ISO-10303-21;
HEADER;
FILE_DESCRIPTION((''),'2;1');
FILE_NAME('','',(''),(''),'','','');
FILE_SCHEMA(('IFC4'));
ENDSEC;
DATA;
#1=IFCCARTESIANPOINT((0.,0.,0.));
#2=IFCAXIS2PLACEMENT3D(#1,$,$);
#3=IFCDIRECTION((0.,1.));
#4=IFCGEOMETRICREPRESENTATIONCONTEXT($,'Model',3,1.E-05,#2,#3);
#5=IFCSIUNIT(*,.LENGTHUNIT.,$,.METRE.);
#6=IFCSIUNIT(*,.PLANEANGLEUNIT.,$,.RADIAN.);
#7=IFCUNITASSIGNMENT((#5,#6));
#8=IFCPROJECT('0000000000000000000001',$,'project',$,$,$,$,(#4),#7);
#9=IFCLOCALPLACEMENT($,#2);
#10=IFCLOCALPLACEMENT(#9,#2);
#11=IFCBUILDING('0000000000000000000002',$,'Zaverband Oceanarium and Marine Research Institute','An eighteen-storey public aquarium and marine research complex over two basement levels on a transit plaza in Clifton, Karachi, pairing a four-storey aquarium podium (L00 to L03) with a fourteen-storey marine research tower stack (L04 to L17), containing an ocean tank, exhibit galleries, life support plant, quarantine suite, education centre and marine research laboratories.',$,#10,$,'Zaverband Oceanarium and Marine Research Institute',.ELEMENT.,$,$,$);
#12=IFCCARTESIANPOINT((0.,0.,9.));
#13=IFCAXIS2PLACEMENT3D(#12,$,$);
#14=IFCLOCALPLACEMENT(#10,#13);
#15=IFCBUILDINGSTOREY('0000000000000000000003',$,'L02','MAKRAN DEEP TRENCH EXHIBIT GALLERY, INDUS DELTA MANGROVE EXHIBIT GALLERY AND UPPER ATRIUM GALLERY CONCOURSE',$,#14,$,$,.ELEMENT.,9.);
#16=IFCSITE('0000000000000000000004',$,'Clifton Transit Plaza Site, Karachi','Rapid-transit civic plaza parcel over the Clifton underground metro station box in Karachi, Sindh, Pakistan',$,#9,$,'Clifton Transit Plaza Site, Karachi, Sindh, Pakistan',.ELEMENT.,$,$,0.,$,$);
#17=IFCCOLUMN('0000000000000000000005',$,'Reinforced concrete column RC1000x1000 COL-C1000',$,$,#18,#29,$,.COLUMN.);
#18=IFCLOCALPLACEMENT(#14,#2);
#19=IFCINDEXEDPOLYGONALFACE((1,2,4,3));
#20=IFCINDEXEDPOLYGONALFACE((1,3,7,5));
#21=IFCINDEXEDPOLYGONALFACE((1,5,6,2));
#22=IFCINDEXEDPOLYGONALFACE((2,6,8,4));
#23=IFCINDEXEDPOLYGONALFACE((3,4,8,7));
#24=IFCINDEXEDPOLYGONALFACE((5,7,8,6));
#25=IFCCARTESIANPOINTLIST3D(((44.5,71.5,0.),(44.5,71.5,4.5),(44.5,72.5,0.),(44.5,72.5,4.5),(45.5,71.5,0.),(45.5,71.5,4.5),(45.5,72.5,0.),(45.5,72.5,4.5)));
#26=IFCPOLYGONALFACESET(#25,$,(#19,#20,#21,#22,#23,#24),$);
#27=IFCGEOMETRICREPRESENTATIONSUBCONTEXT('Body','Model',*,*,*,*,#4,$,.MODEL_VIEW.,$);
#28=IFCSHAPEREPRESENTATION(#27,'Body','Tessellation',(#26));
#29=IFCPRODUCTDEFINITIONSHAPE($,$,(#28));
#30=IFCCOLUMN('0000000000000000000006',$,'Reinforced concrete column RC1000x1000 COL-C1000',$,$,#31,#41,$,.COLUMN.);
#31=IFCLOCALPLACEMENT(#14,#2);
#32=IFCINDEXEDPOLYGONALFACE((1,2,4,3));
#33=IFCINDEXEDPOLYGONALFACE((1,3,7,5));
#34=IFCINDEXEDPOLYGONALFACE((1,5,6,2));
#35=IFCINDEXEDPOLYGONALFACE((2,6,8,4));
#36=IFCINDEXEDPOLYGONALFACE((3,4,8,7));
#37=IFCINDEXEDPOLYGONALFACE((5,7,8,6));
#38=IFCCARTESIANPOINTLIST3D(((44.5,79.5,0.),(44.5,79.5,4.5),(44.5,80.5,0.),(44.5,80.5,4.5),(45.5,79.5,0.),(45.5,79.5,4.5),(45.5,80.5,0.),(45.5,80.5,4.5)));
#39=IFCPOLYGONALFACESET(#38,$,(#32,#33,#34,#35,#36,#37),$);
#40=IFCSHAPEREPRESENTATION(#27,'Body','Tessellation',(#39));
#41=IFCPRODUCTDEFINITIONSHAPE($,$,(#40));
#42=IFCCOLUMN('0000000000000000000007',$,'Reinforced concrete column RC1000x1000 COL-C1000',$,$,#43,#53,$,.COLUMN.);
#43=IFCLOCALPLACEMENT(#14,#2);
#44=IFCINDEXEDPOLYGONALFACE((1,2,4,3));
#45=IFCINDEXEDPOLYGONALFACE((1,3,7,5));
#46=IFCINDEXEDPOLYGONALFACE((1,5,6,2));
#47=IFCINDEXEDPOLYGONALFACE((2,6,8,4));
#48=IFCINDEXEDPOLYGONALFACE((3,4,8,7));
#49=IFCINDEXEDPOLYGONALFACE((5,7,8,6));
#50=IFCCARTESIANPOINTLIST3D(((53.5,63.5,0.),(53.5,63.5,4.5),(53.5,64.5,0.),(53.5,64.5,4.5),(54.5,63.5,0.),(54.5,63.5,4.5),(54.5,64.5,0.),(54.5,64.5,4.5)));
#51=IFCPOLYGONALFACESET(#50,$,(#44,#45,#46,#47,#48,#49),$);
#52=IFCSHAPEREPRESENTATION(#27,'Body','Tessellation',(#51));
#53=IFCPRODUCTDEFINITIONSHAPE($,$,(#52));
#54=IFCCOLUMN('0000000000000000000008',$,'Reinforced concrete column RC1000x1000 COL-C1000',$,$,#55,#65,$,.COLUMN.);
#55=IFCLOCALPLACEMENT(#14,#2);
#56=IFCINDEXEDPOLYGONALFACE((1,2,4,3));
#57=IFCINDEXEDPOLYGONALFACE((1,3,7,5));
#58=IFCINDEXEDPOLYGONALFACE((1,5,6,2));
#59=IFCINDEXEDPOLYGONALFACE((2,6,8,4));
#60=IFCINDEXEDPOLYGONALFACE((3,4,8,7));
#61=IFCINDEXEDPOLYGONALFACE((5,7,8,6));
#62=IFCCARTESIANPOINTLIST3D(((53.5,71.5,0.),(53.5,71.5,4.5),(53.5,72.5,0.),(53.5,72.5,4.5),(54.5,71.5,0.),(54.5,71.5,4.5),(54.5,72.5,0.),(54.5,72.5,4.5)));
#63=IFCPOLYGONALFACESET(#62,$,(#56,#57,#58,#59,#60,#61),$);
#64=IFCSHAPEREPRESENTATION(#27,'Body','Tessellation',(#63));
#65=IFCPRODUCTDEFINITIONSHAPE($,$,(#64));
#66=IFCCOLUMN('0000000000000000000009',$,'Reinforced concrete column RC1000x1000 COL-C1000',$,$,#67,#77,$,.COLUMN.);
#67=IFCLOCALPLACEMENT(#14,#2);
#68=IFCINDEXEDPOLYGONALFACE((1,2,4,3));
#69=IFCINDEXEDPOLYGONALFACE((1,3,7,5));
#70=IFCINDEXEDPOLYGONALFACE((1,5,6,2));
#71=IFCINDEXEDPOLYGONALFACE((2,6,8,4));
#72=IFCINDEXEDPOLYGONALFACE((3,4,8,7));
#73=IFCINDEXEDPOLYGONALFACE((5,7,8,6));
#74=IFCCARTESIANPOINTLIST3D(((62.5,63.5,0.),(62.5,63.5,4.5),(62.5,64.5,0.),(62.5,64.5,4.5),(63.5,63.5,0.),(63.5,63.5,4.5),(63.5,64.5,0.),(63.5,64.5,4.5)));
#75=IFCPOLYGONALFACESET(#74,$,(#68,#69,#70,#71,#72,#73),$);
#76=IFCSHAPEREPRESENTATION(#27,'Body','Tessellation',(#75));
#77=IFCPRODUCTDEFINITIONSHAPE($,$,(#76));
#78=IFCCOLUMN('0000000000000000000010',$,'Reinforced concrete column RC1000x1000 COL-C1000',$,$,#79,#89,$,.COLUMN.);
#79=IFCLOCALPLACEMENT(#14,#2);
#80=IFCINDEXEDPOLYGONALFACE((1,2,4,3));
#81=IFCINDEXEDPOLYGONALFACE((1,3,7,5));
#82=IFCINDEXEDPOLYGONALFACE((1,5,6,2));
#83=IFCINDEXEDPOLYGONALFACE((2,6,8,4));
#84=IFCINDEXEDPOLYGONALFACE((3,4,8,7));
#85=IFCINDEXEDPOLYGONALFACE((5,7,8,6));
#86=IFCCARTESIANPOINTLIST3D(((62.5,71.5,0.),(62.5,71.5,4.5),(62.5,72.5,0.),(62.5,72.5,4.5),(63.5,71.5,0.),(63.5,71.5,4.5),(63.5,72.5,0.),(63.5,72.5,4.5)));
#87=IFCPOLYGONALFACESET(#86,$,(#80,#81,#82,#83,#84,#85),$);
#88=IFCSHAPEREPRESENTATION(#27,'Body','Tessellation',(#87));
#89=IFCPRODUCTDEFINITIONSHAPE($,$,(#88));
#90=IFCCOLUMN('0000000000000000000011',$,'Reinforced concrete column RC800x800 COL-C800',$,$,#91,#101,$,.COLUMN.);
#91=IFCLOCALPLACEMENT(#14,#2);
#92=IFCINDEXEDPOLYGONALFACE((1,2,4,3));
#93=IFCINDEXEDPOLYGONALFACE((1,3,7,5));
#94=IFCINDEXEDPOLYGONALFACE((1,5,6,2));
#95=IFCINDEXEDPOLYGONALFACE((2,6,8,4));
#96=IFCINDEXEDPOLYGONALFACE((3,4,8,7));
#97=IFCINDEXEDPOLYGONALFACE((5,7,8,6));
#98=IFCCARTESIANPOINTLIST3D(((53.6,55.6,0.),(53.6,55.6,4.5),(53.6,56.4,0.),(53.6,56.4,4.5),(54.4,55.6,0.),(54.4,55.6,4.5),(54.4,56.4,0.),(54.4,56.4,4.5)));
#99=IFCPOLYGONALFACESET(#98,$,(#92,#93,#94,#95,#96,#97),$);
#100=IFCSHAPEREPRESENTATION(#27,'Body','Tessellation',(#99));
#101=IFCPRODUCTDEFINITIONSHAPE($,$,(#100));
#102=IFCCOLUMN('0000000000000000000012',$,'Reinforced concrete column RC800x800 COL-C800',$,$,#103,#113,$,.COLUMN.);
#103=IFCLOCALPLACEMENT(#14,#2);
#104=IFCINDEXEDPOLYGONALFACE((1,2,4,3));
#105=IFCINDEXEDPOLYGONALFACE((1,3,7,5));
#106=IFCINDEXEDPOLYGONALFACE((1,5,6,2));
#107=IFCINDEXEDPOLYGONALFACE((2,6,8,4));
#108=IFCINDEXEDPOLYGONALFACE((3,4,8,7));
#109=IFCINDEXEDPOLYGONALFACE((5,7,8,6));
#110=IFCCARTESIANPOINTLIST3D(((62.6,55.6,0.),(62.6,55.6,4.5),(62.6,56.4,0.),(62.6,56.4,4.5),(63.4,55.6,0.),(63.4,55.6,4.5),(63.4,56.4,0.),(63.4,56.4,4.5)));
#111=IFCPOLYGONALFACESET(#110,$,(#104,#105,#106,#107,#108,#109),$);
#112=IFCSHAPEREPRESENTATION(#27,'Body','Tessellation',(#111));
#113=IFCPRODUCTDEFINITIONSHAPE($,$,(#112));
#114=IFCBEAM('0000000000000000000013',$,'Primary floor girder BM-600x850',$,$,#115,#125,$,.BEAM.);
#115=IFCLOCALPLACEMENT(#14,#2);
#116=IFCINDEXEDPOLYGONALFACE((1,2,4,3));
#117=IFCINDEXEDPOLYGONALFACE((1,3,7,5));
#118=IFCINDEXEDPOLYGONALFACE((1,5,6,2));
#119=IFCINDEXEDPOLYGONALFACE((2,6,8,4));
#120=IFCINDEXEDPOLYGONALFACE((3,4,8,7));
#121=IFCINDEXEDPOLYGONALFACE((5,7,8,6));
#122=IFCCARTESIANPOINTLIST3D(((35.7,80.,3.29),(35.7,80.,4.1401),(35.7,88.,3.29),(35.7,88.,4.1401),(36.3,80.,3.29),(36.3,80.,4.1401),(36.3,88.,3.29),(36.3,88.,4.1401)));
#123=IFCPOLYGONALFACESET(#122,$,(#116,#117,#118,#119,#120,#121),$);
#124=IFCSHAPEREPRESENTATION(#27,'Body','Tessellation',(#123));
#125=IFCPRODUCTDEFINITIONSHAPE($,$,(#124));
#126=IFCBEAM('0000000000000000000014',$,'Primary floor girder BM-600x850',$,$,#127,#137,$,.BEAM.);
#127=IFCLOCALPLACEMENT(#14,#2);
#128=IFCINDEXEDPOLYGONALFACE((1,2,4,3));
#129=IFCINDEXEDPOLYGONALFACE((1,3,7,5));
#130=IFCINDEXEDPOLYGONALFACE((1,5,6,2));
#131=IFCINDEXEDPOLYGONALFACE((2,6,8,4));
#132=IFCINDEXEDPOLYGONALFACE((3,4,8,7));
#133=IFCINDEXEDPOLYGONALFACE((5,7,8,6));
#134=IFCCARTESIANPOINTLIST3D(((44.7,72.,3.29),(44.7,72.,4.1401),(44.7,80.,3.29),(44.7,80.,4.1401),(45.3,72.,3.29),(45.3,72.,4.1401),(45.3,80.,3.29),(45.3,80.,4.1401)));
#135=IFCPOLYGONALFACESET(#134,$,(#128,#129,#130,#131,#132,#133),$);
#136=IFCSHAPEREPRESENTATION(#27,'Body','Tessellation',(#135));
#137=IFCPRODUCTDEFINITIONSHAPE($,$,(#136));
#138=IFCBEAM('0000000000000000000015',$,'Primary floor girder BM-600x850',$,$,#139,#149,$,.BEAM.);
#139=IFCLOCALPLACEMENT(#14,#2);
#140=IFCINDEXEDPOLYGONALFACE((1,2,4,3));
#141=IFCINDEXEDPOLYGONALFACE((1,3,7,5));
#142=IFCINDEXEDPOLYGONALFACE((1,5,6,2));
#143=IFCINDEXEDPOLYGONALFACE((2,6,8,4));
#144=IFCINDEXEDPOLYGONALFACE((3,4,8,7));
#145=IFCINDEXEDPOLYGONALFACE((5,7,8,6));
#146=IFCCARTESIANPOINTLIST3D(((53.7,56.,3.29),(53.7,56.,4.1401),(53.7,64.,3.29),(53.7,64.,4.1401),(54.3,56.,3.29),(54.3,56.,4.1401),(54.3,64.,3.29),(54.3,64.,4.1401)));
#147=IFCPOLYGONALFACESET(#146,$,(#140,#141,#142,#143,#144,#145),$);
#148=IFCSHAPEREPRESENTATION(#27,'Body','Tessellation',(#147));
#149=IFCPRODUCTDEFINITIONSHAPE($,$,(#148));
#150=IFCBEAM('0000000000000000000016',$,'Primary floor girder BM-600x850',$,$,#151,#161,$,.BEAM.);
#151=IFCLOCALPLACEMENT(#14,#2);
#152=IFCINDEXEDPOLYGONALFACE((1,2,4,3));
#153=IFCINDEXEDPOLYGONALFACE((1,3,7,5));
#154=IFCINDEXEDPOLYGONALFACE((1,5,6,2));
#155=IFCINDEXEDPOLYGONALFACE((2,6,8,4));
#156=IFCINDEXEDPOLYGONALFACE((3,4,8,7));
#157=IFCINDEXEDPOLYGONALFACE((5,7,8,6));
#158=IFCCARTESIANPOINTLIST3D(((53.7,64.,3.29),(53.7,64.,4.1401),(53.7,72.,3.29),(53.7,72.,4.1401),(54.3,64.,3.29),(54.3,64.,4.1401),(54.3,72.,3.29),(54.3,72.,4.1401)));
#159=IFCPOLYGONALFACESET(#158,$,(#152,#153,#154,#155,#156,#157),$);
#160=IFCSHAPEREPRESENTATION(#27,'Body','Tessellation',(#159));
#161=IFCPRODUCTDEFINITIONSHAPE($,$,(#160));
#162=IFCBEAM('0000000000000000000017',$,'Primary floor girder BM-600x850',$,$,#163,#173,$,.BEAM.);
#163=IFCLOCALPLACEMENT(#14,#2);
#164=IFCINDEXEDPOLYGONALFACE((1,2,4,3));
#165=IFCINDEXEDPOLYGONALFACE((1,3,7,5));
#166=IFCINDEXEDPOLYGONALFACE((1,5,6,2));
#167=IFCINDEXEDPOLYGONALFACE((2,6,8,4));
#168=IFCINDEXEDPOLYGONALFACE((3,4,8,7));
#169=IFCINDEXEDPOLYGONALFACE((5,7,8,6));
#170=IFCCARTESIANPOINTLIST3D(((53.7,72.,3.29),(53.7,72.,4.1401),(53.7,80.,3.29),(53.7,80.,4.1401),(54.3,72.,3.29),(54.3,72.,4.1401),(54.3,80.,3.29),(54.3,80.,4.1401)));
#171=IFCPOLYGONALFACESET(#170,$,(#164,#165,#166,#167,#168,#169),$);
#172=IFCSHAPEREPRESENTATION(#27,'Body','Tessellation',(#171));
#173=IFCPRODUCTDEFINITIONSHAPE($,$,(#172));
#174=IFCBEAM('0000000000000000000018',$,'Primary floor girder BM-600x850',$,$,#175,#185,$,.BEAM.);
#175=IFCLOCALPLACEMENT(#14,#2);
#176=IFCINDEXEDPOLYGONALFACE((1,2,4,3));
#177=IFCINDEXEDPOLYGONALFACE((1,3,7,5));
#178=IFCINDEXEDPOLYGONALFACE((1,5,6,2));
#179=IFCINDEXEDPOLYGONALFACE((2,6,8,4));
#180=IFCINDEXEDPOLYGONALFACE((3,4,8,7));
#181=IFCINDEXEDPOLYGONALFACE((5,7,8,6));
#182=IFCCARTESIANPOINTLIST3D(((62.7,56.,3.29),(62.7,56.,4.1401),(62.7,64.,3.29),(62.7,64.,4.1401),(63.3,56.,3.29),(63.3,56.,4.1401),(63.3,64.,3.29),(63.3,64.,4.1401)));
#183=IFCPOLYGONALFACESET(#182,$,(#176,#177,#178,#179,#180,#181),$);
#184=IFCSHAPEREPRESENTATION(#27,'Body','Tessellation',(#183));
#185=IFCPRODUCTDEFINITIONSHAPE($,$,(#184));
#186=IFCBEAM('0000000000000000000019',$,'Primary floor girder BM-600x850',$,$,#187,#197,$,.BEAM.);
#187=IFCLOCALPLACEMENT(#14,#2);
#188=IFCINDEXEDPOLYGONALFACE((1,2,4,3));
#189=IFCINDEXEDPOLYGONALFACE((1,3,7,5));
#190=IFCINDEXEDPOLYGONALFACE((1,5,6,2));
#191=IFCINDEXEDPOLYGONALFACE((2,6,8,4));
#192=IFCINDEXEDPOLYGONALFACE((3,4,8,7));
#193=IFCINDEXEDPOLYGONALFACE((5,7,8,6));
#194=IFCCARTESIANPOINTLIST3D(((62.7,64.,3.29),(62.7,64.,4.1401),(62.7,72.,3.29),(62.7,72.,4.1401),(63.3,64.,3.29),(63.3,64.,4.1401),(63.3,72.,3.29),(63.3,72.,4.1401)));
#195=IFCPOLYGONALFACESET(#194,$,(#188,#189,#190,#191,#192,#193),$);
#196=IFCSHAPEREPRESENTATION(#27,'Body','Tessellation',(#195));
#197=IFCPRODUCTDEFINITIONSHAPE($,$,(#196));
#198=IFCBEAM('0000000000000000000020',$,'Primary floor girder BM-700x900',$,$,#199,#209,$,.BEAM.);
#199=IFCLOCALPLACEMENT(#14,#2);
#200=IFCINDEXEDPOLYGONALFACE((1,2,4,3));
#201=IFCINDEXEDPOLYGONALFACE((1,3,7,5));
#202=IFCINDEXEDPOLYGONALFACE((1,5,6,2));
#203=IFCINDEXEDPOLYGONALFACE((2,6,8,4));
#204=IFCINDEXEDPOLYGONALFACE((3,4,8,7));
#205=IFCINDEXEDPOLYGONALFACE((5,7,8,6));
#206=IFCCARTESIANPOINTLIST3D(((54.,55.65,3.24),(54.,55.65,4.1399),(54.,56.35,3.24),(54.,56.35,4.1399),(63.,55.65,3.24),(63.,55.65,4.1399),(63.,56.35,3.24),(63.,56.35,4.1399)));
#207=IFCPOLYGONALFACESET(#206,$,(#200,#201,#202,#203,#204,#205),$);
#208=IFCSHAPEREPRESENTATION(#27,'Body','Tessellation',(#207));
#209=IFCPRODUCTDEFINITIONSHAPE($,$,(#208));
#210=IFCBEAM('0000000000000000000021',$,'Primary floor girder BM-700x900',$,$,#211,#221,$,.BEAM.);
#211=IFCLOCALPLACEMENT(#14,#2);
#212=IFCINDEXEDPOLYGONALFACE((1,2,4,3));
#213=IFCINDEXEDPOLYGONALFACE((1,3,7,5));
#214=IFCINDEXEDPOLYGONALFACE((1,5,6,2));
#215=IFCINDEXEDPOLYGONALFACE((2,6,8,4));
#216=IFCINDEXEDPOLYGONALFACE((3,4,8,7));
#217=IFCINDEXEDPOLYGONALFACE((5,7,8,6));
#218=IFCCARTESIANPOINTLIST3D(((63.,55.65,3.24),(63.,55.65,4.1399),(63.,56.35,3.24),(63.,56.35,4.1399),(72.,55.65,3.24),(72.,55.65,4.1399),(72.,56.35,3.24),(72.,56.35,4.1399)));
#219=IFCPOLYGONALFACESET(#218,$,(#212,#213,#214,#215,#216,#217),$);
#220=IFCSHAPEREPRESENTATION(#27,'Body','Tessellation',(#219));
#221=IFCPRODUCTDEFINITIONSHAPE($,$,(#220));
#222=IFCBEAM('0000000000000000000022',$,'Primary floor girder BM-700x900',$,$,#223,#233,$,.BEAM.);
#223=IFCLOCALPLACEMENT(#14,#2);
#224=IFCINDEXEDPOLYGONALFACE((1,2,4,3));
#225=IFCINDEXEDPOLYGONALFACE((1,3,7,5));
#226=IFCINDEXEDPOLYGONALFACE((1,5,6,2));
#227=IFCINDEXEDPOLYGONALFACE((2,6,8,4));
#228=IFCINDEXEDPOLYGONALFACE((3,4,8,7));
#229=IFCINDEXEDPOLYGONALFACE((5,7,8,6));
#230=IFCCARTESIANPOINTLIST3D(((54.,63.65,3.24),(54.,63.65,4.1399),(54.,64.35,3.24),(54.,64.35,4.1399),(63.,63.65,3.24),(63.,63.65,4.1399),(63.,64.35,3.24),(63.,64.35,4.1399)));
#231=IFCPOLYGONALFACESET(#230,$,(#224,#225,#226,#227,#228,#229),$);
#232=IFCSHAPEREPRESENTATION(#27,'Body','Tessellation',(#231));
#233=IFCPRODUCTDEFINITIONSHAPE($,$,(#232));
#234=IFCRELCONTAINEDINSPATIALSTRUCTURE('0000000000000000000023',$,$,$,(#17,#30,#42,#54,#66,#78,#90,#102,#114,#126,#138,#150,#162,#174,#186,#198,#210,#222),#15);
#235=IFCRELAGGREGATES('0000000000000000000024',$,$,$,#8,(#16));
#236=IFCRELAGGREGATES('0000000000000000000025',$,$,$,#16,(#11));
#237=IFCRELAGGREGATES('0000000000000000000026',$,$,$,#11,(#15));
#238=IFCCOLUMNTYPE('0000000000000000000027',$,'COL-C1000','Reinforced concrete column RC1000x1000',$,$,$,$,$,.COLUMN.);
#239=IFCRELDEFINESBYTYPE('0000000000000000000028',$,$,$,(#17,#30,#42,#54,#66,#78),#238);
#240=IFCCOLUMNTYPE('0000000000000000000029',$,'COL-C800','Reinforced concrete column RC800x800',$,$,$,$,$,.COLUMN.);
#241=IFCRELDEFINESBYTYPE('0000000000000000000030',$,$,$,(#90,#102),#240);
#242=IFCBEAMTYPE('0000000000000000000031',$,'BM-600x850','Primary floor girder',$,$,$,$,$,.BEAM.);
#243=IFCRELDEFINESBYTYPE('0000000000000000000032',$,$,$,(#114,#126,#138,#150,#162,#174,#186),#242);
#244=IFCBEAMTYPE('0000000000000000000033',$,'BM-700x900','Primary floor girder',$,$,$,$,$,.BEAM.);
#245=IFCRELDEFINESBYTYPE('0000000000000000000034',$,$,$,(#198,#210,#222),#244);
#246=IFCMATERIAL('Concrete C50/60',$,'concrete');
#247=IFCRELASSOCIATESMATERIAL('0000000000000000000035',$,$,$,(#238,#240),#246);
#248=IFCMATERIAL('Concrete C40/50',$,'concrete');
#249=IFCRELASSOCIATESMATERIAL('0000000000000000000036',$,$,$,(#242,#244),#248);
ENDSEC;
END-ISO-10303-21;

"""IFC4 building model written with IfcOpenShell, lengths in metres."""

from ifc_helpers import new_model, si_unit, direction, frame, origin, origin_2d, place, context, subcontext, project, spatial, rectangle, extrude, material, material_profile, profile_set, type_object, element, save


model = new_model("IFC4")

# Units and contexts
model_context = context("Model", 3, precision=1e-05, world=origin(), true_north=direction((0.0, 1.0)))
body_context = subcontext(model_context, "Body", "Model", "MODEL_VIEW")
ifc_project = project(units=[si_unit("LENGTHUNIT", "METRE"), si_unit("PLANEANGLEUNIT", "RADIAN")], contexts=[model_context])

# Site, building, storey
site_placement = place(None, origin())
site = spatial("IfcSite", under=ifc_project, at=site_placement, Name="Clifton Transit Plaza Site, Karachi", Description="Rapid-transit civic plaza parcel over the Clifton underground metro station box in Karachi, Sindh, Pakistan", LongName="Clifton Transit Plaza Site, Karachi, Sindh, Pakistan", CompositionType="ELEMENT", RefElevation=0.0)
building_placement = place(site_placement, origin())
building = spatial("IfcBuilding", under=site, at=building_placement, Name="Zaverband Oceanarium and Marine Research Institute", Description="An eighteen-storey public aquarium and marine research complex over two basement levels on a transit plaza in Clifton, Karachi, pairing a four-storey aquarium podium (L00 to L03) with a fourteen-storey marine research tower stack (L04 to L17), containing an ocean tank, exhibit galleries, life support plant, quarantine suite, education centre and marine research laboratories.", LongName="Zaverband Oceanarium and Marine Research Institute", CompositionType="ELEMENT")
storey_placement = place(building_placement, frame((0.0, 0.0, 9.0)))
storey = spatial("IfcBuildingStorey", under=building, at=storey_placement, Name="L02", Description="MAKRAN DEEP TRENCH EXHIBIT GALLERY, INDUS DELTA MANGROVE EXHIBIT GALLERY AND UPPER ATRIUM GALLERY CONCOURSE", CompositionType="ELEMENT", Elevation=9.0)

# Columns
ifc_material_1 = material(Name="Concrete C50/60", Category="concrete")
ifc_material_profile_1 = material_profile(ifc_material_1, rectangle(XDim=1.0, YDim=1.0, at=origin_2d()), Name="RC1000x1000")
ifc_profile_set_1 = profile_set([ifc_material_profile_1], Name="Concrete C50/60")
column_type_1 = type_object("IfcColumnType", Name="COL-C1000", Description="Reinforced concrete column RC1000x1000", PredefinedType="COLUMN", material=ifc_profile_set_1)
for number, where, z_axis, x_axis, name in (
    (1, (45.0, 72.0, 0.0), (0.0, 0.0, 1.0), (1.0, 0.0, 0.0), "Reinforced concrete column RC1000x1000 COL-C1000"),
    (2, (45.0, 80.0, 0.0), (0.0, 0.0, 1.0), (1.0, 0.0, 0.0), "Reinforced concrete column RC1000x1000 COL-C1000"),
    (3, (54.0, 64.0, 0.0), (0.0, 0.0, 1.0), (1.0, 0.0, 0.0), "Reinforced concrete column RC1000x1000 COL-C1000"),
    (4, (54.0, 72.0, 0.0), (0.0, 0.0, 1.0), (1.0, 0.0, 0.0), "Reinforced concrete column RC1000x1000 COL-C1000"),
    (5, (63.0, 64.0, 0.0), (0.0, 0.0, 1.0), (1.0, 0.0, 0.0), "Reinforced concrete column RC1000x1000 COL-C1000"),
    (6, (63.0, 72.0, 0.0), (0.0, 0.0, 1.0), (1.0, 0.0, 0.0), "Reinforced concrete column RC1000x1000 COL-C1000"),
):
    element("IfcColumn", number, at=place(storey_placement, frame(where, z_axis=z_axis, x_axis=x_axis)), inside=storey, type_object=column_type_1, Name=name, PredefinedType="COLUMN", context=body_context, shape_type="SweptSolid", body=[
        extrude(rectangle(XDim=1.0, YDim=1.0, at=origin_2d()), origin(), (0.0, 0.0, 1.0), 4.5),
    ])
ifc_material_profile_2 = material_profile(ifc_material_1, rectangle(XDim=0.8, YDim=0.8, at=origin_2d()), Name="RC800x800")
ifc_profile_set_2 = profile_set([ifc_material_profile_2], Name="Concrete C50/60")
column_type_2 = type_object("IfcColumnType", Name="COL-C800", Description="Reinforced concrete column RC800x800", PredefinedType="COLUMN", material=ifc_profile_set_2)
for number, where, z_axis, x_axis, name in (
    (7, (54.0, 56.0, 0.0), (0.0, 0.0, 1.0), (1.0, 0.0, 0.0), "Reinforced concrete column RC800x800 COL-C800"),
    (8, (63.0, 56.0, 0.0), (0.0, 0.0, 1.0), (1.0, 0.0, 0.0), "Reinforced concrete column RC800x800 COL-C800"),
):
    element("IfcColumn", number, at=place(storey_placement, frame(where, z_axis=z_axis, x_axis=x_axis)), inside=storey, type_object=column_type_2, Name=name, PredefinedType="COLUMN", context=body_context, shape_type="SweptSolid", body=[
        extrude(rectangle(XDim=0.8, YDim=0.8, at=origin_2d()), origin(), (0.0, 0.0, 1.0), 4.5),
    ])

# Beams
ifc_material_2 = material(Name="Concrete C40/50", Category="concrete")
ifc_material_profile_3 = material_profile(ifc_material_2, rectangle(XDim=0.6001, YDim=0.8501, at=origin_2d()), Name="RC600x850")
ifc_profile_set_3 = profile_set([ifc_material_profile_3], Name="Concrete C40/50")
beam_type_1 = type_object("IfcBeamType", Name="BM-600x850", Description="Primary floor girder", PredefinedType="BEAM", material=ifc_profile_set_3)
for number, where, z_axis, x_axis, name in (
    (9, (36.0, 80.0, 3.7151), (0.0, 1.0, 0.0), (-1.0, 0.0, 0.0), "Primary floor girder BM-600x850"),
    (10, (45.0, 72.0, 3.7151), (0.0, 1.0, 0.0), (-1.0, 0.0, 0.0), "Primary floor girder BM-600x850"),
    (11, (54.0, 56.0, 3.7151), (0.0, 1.0, 0.0), (-1.0, 0.0, 0.0), "Primary floor girder BM-600x850"),
    (12, (54.0, 64.0, 3.7151), (0.0, 1.0, 0.0), (-1.0, 0.0, 0.0), "Primary floor girder BM-600x850"),
    (13, (54.0, 72.0, 3.7151), (0.0, 1.0, 0.0), (-1.0, 0.0, 0.0), "Primary floor girder BM-600x850"),
    (14, (63.0, 56.0, 3.7151), (0.0, 1.0, 0.0), (-1.0, 0.0, 0.0), "Primary floor girder BM-600x850"),
    (15, (63.0, 64.0, 3.7151), (0.0, 1.0, 0.0), (-1.0, 0.0, 0.0), "Primary floor girder BM-600x850"),
):
    element("IfcBeam", number, at=place(storey_placement, frame(where, z_axis=z_axis, x_axis=x_axis)), inside=storey, type_object=beam_type_1, Name=name, PredefinedType="BEAM", context=body_context, shape_type="SweptSolid", body=[
        extrude(rectangle(XDim=0.6001, YDim=0.8501, at=origin_2d()), origin(), (0.0, 0.0, 1.0), 8.0),
    ])
ifc_material_profile_4 = material_profile(ifc_material_2, rectangle(XDim=0.7, YDim=0.8999, at=origin_2d()), Name="RC700x900")
ifc_profile_set_4 = profile_set([ifc_material_profile_4], Name="Concrete C40/50")
beam_type_2 = type_object("IfcBeamType", Name="BM-700x900", Description="Primary floor girder", PredefinedType="BEAM", material=ifc_profile_set_4)
for number, where, z_axis, x_axis, name in (
    (16, (54.0, 56.0, 3.6899), (1.0, 0.0, 0.0), (0.0, 1.0, 0.0), "Primary floor girder BM-700x900"),
    (17, (63.0, 56.0, 3.6899), (1.0, 0.0, 0.0), (0.0, 1.0, 0.0), "Primary floor girder BM-700x900"),
    (18, (54.0, 64.0, 3.6899), (1.0, 0.0, 0.0), (0.0, 1.0, 0.0), "Primary floor girder BM-700x900"),
):
    element("IfcBeam", number, at=place(storey_placement, frame(where, z_axis=z_axis, x_axis=x_axis)), inside=storey, type_object=beam_type_2, Name=name, PredefinedType="BEAM", context=body_context, shape_type="SweptSolid", body=[
        extrude(rectangle(XDim=0.7, YDim=0.8999, at=origin_2d()), origin(), (0.0, 0.0, 1.0), 9.0),
    ])

save(model, "model.ifc")
